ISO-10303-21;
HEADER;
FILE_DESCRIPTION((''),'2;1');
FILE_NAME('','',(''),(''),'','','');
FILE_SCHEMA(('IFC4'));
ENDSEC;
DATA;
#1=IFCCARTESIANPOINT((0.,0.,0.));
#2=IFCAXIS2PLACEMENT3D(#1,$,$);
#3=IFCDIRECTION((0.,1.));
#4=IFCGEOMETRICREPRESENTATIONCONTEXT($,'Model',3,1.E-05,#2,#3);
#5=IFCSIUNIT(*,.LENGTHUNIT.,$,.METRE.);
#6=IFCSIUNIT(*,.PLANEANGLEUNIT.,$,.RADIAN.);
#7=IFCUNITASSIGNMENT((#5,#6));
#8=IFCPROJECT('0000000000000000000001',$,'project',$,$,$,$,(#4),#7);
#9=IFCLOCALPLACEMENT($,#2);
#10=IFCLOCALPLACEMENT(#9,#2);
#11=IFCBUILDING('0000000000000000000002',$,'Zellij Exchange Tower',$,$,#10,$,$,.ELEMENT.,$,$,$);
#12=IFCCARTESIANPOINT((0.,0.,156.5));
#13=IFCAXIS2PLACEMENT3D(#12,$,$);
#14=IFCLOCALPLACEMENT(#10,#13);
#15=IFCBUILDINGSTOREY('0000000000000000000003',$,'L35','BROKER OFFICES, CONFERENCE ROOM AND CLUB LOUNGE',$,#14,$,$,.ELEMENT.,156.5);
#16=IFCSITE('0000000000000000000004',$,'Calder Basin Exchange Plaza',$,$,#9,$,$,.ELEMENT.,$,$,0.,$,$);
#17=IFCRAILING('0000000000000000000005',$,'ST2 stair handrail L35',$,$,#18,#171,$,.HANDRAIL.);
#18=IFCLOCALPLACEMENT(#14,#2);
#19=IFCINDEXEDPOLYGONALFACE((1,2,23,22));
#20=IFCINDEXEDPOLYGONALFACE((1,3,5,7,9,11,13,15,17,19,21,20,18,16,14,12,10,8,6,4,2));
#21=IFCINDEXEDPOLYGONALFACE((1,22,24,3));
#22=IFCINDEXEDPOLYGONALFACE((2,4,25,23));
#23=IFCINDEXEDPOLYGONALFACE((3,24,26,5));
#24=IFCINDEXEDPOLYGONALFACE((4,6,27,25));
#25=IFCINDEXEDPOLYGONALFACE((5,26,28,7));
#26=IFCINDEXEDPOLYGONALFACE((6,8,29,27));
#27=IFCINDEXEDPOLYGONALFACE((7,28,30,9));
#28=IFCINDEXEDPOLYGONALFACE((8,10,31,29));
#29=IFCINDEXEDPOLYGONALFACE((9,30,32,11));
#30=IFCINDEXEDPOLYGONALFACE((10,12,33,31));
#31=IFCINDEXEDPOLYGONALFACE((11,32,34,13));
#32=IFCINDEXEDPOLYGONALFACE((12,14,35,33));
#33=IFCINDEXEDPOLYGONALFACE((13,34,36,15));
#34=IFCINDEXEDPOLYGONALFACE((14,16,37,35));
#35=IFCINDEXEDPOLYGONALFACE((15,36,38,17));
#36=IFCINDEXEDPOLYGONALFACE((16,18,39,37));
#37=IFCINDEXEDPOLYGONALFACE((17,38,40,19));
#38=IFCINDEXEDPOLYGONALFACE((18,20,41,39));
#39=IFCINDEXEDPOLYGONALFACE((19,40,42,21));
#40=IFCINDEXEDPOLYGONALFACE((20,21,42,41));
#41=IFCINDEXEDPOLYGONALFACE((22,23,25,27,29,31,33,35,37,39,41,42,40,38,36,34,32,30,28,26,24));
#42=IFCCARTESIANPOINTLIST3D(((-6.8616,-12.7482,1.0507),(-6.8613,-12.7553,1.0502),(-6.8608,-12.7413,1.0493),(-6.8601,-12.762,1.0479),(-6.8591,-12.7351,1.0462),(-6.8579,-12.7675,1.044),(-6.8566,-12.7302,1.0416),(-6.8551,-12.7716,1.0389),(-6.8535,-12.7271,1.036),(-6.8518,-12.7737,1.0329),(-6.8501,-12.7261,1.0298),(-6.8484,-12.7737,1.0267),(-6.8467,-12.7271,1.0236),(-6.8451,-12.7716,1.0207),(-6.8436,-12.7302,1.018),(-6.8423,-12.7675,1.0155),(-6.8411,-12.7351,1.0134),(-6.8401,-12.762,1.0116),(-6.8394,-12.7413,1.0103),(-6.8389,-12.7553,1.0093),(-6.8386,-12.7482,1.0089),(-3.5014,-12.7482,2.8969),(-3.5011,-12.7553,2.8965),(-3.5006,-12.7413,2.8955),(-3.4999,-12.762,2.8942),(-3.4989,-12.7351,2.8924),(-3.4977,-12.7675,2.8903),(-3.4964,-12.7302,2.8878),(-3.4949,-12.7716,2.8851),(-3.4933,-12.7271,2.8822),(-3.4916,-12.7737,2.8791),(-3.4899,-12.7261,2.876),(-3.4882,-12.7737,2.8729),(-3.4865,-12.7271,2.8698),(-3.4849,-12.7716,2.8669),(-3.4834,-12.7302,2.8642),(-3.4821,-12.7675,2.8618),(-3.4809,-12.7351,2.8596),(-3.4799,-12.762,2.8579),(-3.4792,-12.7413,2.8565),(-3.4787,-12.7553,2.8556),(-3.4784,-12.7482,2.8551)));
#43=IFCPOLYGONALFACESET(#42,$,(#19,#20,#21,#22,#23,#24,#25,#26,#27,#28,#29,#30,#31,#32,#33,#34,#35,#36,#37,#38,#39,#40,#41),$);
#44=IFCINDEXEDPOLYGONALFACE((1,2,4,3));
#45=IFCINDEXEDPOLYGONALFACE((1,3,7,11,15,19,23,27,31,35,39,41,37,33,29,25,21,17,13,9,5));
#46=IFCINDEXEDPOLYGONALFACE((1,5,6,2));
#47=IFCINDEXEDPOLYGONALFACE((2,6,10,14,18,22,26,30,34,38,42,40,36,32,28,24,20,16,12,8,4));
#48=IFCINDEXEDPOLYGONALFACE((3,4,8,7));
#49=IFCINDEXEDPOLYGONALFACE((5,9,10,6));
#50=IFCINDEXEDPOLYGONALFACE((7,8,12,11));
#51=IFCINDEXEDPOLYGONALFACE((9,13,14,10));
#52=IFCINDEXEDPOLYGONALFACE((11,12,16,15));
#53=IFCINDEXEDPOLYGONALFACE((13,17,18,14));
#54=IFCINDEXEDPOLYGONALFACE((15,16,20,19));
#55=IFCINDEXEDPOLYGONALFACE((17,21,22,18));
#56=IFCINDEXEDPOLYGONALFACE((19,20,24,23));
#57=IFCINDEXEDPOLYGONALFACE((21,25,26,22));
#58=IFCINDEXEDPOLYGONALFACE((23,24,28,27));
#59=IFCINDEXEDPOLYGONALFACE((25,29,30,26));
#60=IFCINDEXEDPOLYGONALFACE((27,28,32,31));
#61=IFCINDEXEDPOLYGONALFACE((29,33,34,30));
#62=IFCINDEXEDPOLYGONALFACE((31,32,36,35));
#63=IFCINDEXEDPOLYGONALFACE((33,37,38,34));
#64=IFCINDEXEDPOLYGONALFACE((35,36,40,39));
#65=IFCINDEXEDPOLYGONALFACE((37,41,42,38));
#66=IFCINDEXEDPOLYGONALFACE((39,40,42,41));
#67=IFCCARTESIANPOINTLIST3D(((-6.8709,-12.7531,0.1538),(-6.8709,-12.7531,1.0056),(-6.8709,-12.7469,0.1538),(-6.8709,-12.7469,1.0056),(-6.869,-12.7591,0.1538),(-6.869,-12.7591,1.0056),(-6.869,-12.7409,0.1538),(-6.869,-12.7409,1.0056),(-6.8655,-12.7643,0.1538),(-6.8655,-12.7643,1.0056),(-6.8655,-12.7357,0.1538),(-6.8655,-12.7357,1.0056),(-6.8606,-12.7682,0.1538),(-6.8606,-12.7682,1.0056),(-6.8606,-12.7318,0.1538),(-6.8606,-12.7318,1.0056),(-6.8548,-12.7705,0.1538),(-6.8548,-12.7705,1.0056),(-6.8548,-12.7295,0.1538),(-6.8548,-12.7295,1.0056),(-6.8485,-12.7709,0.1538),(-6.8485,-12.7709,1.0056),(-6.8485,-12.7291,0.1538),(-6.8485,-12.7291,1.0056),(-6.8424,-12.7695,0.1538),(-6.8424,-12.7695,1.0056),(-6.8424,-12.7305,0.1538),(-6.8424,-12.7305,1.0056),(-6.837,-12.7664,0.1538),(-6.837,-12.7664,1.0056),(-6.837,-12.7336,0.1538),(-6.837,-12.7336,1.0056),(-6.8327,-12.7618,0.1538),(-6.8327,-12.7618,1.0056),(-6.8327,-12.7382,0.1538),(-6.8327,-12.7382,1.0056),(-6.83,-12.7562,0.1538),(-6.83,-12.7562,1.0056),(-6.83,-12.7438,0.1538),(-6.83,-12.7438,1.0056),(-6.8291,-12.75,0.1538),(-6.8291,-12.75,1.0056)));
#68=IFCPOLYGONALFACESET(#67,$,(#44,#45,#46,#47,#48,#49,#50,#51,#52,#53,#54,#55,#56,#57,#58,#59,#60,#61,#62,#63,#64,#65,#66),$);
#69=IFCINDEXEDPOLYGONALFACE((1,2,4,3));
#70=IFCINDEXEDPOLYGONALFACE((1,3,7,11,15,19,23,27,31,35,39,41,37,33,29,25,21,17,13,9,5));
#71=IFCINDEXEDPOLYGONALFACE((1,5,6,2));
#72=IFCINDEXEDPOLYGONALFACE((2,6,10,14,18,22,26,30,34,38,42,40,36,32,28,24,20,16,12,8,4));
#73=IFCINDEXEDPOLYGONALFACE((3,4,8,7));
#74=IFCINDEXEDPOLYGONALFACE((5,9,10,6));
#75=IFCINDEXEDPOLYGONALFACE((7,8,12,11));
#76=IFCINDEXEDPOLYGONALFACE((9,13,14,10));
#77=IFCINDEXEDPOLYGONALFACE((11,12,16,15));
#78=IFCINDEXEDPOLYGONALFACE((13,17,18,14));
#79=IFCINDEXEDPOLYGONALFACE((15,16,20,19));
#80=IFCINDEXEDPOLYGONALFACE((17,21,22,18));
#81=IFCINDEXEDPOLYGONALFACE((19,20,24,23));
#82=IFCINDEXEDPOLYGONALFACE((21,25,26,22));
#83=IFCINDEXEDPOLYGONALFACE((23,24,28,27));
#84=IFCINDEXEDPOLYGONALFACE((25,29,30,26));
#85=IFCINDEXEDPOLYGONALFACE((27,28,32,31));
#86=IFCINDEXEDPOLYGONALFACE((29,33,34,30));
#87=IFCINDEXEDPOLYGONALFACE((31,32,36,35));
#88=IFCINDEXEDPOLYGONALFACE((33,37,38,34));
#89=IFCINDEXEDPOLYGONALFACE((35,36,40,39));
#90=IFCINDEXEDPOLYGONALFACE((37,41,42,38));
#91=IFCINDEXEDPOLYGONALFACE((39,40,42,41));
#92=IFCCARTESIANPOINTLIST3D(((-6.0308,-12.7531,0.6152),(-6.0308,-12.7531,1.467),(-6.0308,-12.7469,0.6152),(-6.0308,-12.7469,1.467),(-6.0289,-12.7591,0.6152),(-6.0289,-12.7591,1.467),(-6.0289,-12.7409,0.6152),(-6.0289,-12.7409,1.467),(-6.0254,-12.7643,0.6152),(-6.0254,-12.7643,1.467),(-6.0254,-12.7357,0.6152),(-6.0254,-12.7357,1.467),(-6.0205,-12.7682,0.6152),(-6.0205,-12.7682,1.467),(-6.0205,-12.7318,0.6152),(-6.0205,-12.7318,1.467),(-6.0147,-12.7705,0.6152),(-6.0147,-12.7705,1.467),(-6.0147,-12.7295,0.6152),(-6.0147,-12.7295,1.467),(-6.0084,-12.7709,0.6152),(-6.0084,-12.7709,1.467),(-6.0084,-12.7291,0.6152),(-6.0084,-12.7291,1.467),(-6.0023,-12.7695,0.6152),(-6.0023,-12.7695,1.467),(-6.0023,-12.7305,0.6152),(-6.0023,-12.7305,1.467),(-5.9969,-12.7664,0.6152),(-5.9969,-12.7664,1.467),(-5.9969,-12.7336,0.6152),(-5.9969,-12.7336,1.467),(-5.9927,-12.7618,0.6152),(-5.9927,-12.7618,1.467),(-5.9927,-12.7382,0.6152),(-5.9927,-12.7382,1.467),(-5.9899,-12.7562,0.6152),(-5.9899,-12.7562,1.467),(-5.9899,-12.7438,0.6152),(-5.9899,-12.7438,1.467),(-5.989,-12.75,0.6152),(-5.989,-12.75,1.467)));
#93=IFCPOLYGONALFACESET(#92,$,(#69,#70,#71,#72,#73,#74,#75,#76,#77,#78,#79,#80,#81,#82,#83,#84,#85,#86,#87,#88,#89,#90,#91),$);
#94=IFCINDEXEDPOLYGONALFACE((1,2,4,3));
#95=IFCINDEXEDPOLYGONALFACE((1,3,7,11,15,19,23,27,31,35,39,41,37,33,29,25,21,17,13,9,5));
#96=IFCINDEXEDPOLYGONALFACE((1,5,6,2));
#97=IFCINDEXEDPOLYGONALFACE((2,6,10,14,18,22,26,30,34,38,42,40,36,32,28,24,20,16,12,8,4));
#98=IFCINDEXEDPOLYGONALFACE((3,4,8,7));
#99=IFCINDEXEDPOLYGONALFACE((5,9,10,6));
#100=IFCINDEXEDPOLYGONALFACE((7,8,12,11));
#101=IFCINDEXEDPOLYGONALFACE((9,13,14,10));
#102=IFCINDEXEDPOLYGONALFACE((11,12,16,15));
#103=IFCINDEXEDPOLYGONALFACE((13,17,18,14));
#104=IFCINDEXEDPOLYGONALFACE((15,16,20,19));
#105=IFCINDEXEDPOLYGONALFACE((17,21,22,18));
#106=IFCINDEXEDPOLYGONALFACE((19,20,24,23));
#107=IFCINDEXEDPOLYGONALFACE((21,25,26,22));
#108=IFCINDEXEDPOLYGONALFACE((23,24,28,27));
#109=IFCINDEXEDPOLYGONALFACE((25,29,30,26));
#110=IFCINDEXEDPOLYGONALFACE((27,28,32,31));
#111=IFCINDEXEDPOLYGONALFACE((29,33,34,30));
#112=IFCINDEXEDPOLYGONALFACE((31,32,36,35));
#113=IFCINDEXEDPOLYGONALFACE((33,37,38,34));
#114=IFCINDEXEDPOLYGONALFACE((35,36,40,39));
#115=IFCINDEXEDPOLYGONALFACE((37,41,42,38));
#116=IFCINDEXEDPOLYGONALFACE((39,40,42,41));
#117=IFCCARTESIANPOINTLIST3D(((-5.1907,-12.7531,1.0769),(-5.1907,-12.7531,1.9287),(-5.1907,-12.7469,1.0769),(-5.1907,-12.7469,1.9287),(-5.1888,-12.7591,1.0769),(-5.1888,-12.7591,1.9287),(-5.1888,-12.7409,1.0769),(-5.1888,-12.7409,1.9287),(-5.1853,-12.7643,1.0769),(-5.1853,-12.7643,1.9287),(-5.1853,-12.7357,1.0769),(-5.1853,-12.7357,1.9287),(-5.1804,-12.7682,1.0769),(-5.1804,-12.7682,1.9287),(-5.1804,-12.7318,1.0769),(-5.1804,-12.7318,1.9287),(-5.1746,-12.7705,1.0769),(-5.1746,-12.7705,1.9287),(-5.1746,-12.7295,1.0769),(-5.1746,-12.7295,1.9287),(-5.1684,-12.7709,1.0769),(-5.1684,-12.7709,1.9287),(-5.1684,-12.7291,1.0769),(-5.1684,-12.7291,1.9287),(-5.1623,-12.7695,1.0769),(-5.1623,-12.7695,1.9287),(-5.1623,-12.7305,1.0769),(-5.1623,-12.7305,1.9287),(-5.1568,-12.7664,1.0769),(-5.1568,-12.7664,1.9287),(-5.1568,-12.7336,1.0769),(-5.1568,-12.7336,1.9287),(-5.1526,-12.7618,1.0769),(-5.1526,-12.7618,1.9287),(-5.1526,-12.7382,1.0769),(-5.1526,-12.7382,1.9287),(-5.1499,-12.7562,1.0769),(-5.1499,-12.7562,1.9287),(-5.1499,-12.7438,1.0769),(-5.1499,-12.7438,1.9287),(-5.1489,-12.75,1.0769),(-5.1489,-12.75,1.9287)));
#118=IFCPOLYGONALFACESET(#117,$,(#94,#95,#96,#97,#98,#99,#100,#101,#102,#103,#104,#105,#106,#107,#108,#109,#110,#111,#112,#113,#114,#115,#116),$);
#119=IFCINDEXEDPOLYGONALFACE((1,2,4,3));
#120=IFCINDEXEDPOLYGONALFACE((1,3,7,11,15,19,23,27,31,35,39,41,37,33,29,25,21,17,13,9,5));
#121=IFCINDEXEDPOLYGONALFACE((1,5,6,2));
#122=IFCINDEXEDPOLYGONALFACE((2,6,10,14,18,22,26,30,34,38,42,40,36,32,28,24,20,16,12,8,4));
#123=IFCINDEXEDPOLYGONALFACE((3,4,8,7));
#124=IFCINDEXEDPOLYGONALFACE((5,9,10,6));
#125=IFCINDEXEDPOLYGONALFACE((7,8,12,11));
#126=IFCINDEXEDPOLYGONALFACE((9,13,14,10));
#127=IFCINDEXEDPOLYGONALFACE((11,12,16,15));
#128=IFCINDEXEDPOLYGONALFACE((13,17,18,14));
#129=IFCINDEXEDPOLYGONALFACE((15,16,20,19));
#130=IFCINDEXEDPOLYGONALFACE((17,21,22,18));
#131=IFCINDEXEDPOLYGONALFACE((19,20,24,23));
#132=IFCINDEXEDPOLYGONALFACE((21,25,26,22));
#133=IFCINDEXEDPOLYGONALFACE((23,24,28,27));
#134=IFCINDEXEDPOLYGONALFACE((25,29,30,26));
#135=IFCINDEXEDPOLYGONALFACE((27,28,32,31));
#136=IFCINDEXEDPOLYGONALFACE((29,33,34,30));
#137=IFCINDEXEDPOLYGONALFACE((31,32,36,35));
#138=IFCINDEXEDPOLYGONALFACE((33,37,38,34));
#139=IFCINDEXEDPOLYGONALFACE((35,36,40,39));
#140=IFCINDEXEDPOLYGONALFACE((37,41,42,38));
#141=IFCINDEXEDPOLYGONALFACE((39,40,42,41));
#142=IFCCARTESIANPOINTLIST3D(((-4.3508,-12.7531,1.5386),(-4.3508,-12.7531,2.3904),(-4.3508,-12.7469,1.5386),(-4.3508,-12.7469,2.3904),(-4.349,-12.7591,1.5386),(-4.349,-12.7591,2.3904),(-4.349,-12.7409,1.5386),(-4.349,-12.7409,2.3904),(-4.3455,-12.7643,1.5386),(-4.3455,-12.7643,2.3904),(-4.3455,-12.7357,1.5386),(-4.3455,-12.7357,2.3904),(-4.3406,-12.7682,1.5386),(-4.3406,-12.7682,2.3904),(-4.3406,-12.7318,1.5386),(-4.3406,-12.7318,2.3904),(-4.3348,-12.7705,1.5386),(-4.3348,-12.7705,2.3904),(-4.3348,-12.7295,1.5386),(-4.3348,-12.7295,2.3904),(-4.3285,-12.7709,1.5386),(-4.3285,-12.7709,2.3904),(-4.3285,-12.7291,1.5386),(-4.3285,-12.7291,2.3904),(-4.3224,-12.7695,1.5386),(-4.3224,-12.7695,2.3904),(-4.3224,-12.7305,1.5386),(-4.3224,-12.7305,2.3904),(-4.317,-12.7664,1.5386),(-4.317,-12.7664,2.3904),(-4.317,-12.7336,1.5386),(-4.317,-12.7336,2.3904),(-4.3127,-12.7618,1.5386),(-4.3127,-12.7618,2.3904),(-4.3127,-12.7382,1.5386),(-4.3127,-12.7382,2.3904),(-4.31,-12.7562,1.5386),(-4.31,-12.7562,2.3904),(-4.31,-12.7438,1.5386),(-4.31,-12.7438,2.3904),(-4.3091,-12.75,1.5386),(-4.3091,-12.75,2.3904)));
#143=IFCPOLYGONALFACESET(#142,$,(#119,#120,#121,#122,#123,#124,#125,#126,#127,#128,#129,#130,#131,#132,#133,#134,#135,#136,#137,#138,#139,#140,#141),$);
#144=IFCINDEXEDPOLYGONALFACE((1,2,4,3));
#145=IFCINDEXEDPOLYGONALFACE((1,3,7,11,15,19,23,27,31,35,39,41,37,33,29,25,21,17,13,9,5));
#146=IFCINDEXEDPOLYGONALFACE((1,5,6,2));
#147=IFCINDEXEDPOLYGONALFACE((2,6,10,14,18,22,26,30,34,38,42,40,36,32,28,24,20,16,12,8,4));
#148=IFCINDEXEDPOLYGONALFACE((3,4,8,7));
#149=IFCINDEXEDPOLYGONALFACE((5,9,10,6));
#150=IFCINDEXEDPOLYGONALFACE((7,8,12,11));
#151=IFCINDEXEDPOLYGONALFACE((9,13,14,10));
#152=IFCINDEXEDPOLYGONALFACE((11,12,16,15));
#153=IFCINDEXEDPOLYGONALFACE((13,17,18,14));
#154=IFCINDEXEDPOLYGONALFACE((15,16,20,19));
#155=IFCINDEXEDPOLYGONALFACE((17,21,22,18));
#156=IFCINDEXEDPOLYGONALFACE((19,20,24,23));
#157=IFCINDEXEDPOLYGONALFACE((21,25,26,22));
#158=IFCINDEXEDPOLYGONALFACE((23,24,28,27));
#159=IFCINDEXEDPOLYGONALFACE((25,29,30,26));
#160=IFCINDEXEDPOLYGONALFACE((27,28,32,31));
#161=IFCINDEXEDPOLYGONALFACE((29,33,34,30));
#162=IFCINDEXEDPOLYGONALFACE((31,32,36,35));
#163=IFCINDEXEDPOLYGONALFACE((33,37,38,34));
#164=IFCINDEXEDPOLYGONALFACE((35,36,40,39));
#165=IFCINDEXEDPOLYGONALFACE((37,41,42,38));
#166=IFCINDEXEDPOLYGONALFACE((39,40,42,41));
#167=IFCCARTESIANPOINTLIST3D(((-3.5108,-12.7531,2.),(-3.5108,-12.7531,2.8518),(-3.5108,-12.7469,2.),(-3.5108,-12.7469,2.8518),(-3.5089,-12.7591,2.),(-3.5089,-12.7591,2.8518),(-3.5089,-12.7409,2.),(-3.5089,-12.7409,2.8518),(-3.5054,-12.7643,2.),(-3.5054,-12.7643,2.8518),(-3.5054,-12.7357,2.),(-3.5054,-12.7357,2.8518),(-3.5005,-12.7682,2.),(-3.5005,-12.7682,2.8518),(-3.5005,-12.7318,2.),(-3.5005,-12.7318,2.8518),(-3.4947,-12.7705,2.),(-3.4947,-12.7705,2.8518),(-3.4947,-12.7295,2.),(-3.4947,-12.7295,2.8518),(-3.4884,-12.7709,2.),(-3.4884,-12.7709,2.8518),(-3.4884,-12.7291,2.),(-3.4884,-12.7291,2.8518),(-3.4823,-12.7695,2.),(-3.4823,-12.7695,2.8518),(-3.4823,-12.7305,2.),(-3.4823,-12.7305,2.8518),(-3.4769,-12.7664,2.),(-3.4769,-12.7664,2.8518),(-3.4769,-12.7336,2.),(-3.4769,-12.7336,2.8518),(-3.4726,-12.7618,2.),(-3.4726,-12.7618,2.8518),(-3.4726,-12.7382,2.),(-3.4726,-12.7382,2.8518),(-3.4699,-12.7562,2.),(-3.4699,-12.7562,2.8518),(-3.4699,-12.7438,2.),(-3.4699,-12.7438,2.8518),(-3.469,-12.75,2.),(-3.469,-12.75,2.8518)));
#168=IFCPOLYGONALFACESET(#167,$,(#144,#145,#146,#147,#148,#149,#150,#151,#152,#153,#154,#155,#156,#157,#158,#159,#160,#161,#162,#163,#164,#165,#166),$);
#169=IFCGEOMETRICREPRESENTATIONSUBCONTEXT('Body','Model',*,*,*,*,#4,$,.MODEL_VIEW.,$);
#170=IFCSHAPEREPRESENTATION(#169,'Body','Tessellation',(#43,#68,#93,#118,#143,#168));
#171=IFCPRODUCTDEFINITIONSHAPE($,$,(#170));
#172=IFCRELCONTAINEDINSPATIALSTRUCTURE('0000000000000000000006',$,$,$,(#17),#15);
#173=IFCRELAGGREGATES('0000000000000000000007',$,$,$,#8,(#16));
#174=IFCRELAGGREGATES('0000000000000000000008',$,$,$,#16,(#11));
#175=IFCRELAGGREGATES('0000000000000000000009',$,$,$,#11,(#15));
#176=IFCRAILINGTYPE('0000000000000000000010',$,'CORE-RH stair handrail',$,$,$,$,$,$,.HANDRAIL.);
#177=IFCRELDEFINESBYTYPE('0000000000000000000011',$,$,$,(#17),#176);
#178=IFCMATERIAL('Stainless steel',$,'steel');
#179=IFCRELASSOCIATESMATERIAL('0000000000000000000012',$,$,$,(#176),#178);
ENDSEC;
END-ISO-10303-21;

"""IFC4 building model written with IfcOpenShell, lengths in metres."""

from ifc_helpers import new_model, si_unit, direction, frame, origin, origin_2d, place, context, subcontext, project, spatial, circle, extrude, material, type_object, element, save


model = new_model("IFC4")

# Units and contexts
model_context = context("Model", 3, precision=1e-05, world=origin(), true_north=direction((0.0, 1.0)))
body_context = subcontext(model_context, "Body", "Model", "MODEL_VIEW")
ifc_project = project(units=[si_unit("LENGTHUNIT", "METRE"), si_unit("PLANEANGLEUNIT", "RADIAN")], contexts=[model_context])

# Site, building, storey
site_placement = place(None, origin())
site = spatial("IfcSite", under=ifc_project, at=site_placement, Name="Calder Basin Exchange Plaza", CompositionType="ELEMENT", RefElevation=0.0)
building_placement = place(site_placement, origin())
building = spatial("IfcBuilding", under=site, at=building_placement, Name="Zellij Exchange Tower", CompositionType="ELEMENT")
storey_placement = place(building_placement, frame((0.0, 0.0, 156.5)))
storey = spatial("IfcBuildingStorey", under=building, at=storey_placement, Name="L35", Description="BROKER OFFICES, CONFERENCE ROOM AND CLUB LOUNGE", CompositionType="ELEMENT", Elevation=156.5)

# Railing
ifc_material_1 = material(Name="Stainless steel", Category="steel")
railing_type_1 = type_object("IfcRailingType", Name="CORE-RH stair handrail", PredefinedType="HANDRAIL", material=ifc_material_1)
for number, where, name in (
    (1, (-6.8501, -12.75, 0.1538), "ST2 stair handrail L35"),
):
    element("IfcRailing", number, at=place(storey_placement, frame(where)), inside=storey, type_object=railing_type_1, Name=name, PredefinedType="HANDRAIL", context=body_context, shape_type="SweptSolid", body=[
        extrude(circle(Radius=0.0239, at=origin_2d()), frame((0.0, 0.0, 0.876), z_axis=(0.876422, 0.0, 0.481545), x_axis=(0.0, 1.0, 0.0)), (0.0, 0.0, 1.0), 3.834),
        extrude(circle(Radius=0.021, at=origin_2d()), origin(), (0.0, 0.0, 1.0), 0.8518),
        extrude(circle(Radius=0.021, at=origin_2d()), frame((0.8401, 0.0, 0.4614)), (0.0, 0.0, 1.0), 0.8518),
        extrude(circle(Radius=0.021, at=origin_2d()), frame((1.6802, 0.0, 0.9231)), (0.0, 0.0, 1.0), 0.8518),
        extrude(circle(Radius=0.021, at=origin_2d()), frame((2.52, 0.0, 1.3848)), (0.0, 0.0, 1.0), 0.8518),
        extrude(circle(Radius=0.021, at=origin_2d()), frame((3.3601, 0.0, 1.8462)), (0.0, 0.0, 1.0), 0.8518),
    ])

save(model, "model.ifc")
